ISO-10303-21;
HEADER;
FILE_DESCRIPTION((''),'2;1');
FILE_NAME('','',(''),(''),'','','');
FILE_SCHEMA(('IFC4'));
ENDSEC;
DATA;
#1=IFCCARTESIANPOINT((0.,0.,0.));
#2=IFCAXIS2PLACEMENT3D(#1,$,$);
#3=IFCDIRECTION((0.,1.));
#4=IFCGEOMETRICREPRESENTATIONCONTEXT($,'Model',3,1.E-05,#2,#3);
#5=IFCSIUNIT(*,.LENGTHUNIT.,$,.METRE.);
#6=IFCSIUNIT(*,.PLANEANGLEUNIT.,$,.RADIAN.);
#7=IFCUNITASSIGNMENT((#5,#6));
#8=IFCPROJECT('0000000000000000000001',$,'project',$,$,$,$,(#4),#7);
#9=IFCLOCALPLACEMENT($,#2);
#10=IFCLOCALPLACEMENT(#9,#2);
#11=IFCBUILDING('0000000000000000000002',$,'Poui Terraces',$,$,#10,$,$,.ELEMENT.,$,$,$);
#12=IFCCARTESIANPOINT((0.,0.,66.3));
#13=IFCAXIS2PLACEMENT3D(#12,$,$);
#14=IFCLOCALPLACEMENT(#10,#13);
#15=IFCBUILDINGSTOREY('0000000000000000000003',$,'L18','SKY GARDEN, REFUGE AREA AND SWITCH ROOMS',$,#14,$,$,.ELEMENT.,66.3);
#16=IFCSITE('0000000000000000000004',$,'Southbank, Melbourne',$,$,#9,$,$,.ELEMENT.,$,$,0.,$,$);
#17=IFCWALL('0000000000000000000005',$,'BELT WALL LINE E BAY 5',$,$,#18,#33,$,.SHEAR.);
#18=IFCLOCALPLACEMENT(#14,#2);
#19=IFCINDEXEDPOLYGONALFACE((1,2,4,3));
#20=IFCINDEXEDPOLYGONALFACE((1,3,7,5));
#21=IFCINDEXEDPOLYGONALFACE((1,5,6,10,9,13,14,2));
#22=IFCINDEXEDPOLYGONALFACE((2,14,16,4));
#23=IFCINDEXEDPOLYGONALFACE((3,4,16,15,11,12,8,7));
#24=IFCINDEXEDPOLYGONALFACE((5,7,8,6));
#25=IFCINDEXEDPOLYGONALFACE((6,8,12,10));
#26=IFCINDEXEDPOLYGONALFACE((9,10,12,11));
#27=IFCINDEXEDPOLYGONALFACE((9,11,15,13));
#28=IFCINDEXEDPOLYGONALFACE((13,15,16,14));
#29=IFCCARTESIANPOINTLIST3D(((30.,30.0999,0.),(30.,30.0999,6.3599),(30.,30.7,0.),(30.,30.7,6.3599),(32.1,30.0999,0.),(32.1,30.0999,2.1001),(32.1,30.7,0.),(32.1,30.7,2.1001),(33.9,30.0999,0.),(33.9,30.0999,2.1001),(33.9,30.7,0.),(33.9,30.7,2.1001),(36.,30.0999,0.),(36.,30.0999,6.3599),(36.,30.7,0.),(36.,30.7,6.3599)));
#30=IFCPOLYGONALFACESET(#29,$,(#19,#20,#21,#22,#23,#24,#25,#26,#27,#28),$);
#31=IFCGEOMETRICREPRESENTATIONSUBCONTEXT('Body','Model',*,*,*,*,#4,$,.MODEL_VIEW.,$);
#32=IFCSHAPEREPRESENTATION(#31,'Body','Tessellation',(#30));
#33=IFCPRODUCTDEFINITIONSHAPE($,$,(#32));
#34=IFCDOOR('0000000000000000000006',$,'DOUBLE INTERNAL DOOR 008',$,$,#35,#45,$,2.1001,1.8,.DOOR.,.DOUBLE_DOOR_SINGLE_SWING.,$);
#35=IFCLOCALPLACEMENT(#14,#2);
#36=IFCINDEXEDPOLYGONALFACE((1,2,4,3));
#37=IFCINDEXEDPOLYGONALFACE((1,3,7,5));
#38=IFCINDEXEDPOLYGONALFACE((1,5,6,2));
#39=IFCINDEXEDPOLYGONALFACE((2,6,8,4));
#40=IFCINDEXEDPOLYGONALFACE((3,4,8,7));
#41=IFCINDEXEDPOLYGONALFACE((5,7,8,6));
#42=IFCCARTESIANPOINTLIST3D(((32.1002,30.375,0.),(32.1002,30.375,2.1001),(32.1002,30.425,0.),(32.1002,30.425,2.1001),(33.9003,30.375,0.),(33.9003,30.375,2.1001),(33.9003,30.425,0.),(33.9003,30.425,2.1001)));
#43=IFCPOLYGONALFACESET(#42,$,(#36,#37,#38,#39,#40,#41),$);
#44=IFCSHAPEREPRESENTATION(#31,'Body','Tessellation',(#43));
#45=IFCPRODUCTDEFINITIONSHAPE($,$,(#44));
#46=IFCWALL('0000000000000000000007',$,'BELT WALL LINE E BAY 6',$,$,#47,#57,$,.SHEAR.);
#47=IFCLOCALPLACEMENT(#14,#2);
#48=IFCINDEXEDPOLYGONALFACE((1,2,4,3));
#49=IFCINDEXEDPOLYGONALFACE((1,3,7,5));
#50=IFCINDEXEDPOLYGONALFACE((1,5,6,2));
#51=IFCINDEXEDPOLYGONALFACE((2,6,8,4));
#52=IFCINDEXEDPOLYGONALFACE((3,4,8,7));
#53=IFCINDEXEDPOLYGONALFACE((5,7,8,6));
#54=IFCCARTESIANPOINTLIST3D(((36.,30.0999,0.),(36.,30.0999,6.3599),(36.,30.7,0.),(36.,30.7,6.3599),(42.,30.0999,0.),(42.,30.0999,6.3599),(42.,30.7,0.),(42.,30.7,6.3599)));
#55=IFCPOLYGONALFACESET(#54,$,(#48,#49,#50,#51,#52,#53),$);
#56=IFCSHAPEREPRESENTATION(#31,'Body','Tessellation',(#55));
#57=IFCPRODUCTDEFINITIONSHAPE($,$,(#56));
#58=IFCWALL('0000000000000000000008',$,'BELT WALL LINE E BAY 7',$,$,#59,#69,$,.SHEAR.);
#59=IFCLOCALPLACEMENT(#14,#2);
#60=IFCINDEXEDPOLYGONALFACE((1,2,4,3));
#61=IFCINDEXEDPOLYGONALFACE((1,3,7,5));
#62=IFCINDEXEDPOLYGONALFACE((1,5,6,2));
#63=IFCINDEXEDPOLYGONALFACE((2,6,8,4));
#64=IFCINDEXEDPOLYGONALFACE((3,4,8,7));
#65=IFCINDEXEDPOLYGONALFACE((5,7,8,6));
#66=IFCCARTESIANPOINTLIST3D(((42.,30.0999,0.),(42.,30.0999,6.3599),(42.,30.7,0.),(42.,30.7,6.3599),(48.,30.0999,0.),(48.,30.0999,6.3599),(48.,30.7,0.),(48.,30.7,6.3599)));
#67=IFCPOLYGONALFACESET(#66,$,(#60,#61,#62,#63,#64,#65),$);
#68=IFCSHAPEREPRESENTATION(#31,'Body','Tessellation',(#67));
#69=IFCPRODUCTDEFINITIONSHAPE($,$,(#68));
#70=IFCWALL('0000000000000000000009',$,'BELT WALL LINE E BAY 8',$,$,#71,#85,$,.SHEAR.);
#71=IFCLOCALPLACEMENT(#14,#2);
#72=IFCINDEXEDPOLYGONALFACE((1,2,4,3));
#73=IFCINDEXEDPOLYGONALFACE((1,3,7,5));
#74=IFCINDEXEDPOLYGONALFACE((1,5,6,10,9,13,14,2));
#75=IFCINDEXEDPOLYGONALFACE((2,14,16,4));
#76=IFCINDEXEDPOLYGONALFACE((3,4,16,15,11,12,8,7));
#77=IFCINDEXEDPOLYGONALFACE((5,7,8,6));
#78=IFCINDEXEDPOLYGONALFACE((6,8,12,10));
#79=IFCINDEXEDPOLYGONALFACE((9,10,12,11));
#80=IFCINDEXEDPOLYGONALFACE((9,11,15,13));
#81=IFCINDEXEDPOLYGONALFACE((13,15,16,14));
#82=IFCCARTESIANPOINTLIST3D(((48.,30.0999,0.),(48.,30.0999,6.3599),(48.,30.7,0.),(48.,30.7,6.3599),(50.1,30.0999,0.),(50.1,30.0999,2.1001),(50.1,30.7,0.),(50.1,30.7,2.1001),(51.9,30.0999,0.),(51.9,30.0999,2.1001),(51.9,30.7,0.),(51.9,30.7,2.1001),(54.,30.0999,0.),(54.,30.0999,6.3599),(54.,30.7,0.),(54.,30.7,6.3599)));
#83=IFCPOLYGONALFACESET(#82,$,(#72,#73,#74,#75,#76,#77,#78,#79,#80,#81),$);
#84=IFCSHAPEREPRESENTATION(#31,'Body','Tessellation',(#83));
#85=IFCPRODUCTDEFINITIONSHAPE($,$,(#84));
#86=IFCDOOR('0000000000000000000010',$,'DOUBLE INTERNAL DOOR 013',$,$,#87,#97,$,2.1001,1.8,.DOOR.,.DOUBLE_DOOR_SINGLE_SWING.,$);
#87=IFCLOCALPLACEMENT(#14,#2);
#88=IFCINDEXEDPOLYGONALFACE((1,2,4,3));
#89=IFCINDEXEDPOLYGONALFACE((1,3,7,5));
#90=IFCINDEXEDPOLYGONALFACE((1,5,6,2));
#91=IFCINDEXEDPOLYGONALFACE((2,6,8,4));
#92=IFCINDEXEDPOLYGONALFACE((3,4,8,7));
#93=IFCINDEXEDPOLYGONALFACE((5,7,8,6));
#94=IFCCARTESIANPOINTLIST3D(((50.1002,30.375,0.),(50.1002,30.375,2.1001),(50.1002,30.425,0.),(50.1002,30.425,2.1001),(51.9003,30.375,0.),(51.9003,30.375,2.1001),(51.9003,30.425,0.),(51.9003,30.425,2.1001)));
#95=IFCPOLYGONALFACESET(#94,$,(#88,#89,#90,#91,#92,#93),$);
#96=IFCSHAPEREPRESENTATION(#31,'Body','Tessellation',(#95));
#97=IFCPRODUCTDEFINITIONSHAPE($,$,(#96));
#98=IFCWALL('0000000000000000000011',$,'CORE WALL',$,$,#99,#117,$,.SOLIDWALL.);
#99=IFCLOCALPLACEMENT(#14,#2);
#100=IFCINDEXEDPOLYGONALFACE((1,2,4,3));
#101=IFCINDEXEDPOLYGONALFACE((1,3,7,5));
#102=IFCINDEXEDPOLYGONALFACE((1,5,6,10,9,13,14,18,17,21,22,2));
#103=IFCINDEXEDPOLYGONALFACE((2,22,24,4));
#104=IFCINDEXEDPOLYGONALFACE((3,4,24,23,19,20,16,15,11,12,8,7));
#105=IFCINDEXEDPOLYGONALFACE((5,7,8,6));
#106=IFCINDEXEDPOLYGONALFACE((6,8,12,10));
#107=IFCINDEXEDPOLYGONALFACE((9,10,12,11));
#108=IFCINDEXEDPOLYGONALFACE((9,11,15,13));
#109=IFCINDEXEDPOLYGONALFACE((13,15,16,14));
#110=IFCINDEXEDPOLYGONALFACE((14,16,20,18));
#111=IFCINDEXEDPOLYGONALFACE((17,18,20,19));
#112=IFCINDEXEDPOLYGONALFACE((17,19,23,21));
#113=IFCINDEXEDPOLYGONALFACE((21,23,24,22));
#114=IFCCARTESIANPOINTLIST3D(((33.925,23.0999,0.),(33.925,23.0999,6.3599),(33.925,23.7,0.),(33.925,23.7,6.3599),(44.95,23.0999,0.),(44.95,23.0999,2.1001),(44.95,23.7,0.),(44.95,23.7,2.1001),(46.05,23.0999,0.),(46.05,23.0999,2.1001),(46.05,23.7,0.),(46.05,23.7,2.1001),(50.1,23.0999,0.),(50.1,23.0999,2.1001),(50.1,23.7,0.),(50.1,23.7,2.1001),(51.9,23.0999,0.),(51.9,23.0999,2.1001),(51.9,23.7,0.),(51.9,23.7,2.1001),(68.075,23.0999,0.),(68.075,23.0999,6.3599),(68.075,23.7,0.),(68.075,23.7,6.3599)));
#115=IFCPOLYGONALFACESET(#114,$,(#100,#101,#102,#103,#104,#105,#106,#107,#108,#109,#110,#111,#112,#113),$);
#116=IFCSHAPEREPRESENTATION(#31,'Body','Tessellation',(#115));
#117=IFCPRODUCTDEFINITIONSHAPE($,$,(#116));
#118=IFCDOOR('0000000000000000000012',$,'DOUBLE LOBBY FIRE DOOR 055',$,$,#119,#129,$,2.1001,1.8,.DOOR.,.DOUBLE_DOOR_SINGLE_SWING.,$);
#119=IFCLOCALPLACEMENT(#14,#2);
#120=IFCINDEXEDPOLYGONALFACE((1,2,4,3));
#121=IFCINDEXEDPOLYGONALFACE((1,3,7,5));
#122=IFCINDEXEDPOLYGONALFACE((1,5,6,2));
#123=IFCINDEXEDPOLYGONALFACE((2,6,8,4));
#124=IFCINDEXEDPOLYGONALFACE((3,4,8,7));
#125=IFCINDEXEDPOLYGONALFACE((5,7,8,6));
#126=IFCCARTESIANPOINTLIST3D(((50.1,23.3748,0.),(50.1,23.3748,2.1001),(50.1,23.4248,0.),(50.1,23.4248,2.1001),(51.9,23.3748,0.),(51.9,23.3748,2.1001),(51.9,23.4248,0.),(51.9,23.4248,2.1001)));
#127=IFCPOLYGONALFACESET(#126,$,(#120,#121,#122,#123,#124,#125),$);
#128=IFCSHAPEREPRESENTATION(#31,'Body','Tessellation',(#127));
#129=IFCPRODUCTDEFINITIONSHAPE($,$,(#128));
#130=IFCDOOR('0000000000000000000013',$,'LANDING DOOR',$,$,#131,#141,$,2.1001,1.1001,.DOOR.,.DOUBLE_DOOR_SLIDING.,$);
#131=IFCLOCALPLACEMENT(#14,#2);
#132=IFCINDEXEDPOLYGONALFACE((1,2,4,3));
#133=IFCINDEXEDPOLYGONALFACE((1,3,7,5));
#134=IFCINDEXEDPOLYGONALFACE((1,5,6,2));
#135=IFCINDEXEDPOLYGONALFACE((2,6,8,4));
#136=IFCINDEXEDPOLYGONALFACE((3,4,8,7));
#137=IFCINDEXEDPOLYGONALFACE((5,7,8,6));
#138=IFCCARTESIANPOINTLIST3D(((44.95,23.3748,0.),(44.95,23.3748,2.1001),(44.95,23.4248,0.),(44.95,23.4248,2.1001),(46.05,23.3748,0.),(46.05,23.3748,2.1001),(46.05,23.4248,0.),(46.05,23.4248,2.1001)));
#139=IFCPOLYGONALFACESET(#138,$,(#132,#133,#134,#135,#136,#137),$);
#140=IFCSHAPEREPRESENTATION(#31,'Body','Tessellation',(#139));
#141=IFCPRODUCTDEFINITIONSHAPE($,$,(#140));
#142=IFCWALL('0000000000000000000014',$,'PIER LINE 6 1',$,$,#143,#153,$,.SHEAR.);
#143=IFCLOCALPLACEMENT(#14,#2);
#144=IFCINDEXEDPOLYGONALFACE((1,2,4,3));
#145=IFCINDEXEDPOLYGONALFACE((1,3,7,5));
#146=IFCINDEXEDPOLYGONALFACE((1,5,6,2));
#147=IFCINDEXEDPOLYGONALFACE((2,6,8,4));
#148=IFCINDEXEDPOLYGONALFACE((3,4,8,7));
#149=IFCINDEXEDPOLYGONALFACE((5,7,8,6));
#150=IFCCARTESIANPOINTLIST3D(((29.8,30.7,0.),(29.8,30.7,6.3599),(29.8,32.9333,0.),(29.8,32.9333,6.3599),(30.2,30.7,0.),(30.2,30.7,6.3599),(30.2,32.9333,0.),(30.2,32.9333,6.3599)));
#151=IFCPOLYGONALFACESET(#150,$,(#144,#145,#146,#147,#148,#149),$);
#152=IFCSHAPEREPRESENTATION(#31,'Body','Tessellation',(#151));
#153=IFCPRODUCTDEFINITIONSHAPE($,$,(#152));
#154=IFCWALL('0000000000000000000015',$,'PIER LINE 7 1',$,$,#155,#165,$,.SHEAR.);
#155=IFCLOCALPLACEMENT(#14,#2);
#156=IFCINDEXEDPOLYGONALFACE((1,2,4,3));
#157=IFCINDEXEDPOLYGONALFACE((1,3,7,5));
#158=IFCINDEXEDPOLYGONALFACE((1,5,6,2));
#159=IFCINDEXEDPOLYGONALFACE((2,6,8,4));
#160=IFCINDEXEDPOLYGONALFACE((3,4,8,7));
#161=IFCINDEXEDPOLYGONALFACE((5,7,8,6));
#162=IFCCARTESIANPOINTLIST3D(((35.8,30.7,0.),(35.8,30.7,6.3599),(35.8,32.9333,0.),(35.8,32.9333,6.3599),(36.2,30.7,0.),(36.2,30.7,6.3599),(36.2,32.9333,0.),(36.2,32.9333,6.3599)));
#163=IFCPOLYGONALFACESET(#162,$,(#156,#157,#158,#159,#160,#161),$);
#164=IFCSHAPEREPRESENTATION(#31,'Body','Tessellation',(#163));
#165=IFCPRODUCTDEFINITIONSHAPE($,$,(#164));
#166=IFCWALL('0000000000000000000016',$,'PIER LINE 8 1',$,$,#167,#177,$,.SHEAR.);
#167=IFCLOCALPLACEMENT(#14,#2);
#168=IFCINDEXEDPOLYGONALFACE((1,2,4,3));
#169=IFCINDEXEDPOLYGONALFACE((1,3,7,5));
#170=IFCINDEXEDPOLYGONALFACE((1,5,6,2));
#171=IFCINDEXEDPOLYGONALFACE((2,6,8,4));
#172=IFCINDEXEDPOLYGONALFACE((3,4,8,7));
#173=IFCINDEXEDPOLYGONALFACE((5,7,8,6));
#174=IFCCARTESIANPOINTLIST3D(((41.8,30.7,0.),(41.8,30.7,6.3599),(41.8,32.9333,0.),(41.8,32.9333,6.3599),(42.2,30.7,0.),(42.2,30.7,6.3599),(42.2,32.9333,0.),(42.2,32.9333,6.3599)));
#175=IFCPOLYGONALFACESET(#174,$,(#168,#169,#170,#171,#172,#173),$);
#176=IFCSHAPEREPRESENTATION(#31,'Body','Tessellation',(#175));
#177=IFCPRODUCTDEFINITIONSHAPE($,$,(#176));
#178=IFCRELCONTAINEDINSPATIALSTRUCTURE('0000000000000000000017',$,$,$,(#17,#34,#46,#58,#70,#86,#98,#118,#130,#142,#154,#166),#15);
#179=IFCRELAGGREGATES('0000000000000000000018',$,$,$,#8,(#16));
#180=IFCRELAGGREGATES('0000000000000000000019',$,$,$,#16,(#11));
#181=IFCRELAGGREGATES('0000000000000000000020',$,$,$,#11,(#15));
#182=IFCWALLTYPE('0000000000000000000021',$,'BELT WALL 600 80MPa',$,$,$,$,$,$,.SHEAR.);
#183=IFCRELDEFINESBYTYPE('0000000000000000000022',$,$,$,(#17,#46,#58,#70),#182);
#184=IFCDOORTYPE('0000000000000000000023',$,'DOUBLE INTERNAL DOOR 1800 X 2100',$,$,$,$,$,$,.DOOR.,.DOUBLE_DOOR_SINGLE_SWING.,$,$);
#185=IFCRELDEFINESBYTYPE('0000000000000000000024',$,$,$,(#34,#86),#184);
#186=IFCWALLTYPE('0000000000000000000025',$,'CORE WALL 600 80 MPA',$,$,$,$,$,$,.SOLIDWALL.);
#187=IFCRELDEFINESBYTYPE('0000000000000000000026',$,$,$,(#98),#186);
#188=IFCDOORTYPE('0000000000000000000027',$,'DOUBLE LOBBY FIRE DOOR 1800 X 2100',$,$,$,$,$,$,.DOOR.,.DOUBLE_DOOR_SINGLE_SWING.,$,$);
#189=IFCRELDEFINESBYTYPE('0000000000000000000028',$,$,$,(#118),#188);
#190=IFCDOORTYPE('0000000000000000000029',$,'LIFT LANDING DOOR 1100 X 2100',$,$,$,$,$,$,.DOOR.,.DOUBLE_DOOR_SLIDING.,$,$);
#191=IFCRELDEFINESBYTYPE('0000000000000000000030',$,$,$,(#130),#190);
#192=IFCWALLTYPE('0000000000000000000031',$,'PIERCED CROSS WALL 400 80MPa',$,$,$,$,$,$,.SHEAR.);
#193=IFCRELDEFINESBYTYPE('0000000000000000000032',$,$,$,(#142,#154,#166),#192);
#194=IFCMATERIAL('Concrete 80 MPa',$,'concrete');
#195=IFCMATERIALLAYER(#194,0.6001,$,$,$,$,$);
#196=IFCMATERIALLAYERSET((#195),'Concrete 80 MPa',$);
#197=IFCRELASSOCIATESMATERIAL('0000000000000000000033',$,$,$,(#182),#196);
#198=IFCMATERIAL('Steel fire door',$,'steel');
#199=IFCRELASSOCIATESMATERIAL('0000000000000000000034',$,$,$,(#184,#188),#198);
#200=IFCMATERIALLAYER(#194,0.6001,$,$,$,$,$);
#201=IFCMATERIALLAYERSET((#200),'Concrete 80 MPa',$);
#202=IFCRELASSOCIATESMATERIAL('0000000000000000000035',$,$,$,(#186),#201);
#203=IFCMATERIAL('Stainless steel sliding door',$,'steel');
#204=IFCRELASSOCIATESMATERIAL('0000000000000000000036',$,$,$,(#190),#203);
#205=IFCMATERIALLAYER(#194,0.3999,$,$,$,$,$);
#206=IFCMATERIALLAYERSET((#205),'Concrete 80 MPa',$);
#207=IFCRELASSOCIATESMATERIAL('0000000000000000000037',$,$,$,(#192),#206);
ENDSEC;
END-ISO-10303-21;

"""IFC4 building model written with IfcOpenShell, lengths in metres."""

from ifc_helpers import new_model, si_unit, direction, frame, frame_2d, origin, place, context, subcontext, project, spatial, rectangle, extrude, material, layer, layer_set, type_object, element, fill, save


model = new_model("IFC4")

# Units and contexts
model_context = context("Model", 3, precision=1e-05, world=origin(), true_north=direction((0.0, 1.0)))
body_context = subcontext(model_context, "Body", "Model", "MODEL_VIEW")
ifc_project = project(units=[si_unit("LENGTHUNIT", "METRE"), si_unit("PLANEANGLEUNIT", "RADIAN")], contexts=[model_context])

# Site, building, storey
site_placement = place(None, origin())
site = spatial("IfcSite", under=ifc_project, at=site_placement, Name="Southbank, Melbourne", CompositionType="ELEMENT", RefElevation=0.0)
building_placement = place(site_placement, origin())
building = spatial("IfcBuilding", under=site, at=building_placement, Name="Poui Terraces", CompositionType="ELEMENT")
storey_placement = place(building_placement, frame((0.0, 0.0, 66.3)))
storey = spatial("IfcBuildingStorey", under=building, at=storey_placement, Name="L18", Description="SKY GARDEN, REFUGE AREA AND SWITCH ROOMS", CompositionType="ELEMENT", Elevation=66.3)

# Wall, opening, door
ifc_material_1 = material(Name="Concrete 80 MPa", Category="concrete")
ifc_layer_1 = layer(ifc_material_1, 0.6001)
ifc_layer_set_1 = layer_set([ifc_layer_1], Name="Concrete 80 MPa")
wall_type_1 = type_object("IfcWallType", Name="BELT WALL 600 80MPa", PredefinedType="SHEAR", material=ifc_layer_set_1)
wall_1_placement = place(storey_placement, frame((30.0, 30.3999, 0.0), z_axis=(0.0, 0.0, 1.0), x_axis=(1.0, 0.0, 0.0)))
wall_1 = element("IfcWall", 1, at=wall_1_placement, inside=storey, type_object=wall_type_1, Name="BELT WALL LINE E BAY 5", PredefinedType="SHEAR", context=body_context, shape_type="SweptSolid", body=[
    extrude(rectangle(XDim=6.0, YDim=0.6001, at=frame_2d((3.0, 0.0))), origin(), (0.0, 0.0, 1.0), 6.3599),
])
opening_1_placement = place(wall_1_placement, frame((2.1001, 0.0, 0.0)))
opening_1 = element("IfcOpeningElement", 2, at=opening_1_placement, cuts=wall_1, PredefinedType="OPENING", context=body_context, shape_type="SweptSolid", body=[
    extrude(rectangle(XDim=1.8, YDim=2.1001, at=frame_2d((0.8999, 1.05))), frame((0.0, 0.3101, 0.0), z_axis=(0.0, -1.0, 0.0), x_axis=(1.0, 0.0, 0.0)), (0.0, 0.0, 1.0), 0.6201),
])
ifc_material_2 = material(Name="Steel fire door", Category="steel")
door_type_1 = type_object("IfcDoorType", Name="DOUBLE INTERNAL DOOR 1800 X 2100", OperationType="DOUBLE_DOOR_SINGLE_SWING", PredefinedType="DOOR", material=ifc_material_2)
door_1_placement = place(opening_1_placement, frame((1.8, 0.0, 0.0), z_axis=(0.0, 0.0, 1.0), x_axis=(-1.0, 0.0, 0.0)))
door_1 = element("IfcDoor", 3, at=door_1_placement, inside=storey, type_object=door_type_1, Name="DOUBLE INTERNAL DOOR 008", OperationType="DOUBLE_DOOR_SINGLE_SWING", OverallHeight=2.1001, OverallWidth=1.8, PredefinedType="DOOR", context=body_context, shape_type="SweptSolid", body=[
    extrude(rectangle(XDim=1.8, YDim=2.1001, at=frame_2d((0.8999, 1.05))), frame((0.0, 0.0249, 0.0), z_axis=(0.0, -1.0, 0.0), x_axis=(1.0, 0.0, 0.0)), (0.0, 0.0, 1.0), 0.05),
])
fill(opening_1, door_1)

# Walls
for number, where, z_axis, x_axis, name in (
    (4, (36.0, 30.3999, 0.0), (0.0, 0.0, 1.0), (1.0, 0.0, 0.0), "BELT WALL LINE E BAY 6"),
    (5, (42.0, 30.3999, 0.0), (0.0, 0.0, 1.0), (1.0, 0.0, 0.0), "BELT WALL LINE E BAY 7"),
):
    element("IfcWall", number, at=place(storey_placement, frame(where, z_axis=z_axis, x_axis=x_axis)), inside=storey, type_object=wall_type_1, Name=name, PredefinedType="SHEAR", context=body_context, shape_type="SweptSolid", body=[
        extrude(rectangle(XDim=6.0, YDim=0.6001, at=frame_2d((3.0, 0.0))), origin(), (0.0, 0.0, 1.0), 6.3599),
    ])

# Wall, opening, door
wall_2_placement = place(storey_placement, frame((48.0, 30.3999, 0.0), z_axis=(0.0, 0.0, 1.0), x_axis=(1.0, 0.0, 0.0)))
wall_2 = element("IfcWall", 6, at=wall_2_placement, inside=storey, type_object=wall_type_1, Name="BELT WALL LINE E BAY 8", PredefinedType="SHEAR", context=body_context, shape_type="SweptSolid", body=[
    extrude(rectangle(XDim=6.0, YDim=0.6001, at=frame_2d((3.0, 0.0))), origin(), (0.0, 0.0, 1.0), 6.3599),
])
opening_2_placement = place(wall_2_placement, frame((2.1001, 0.0, 0.0)))
opening_2 = element("IfcOpeningElement", 7, at=opening_2_placement, cuts=wall_2, PredefinedType="OPENING", context=body_context, shape_type="SweptSolid", body=[
    extrude(rectangle(XDim=1.8, YDim=2.1001, at=frame_2d((0.8999, 1.05))), frame((0.0, 0.3101, 0.0), z_axis=(0.0, -1.0, 0.0), x_axis=(1.0, 0.0, 0.0)), (0.0, 0.0, 1.0), 0.6201),
])
door_2_placement = place(opening_2_placement, frame((1.8, 0.0, 0.0), z_axis=(0.0, 0.0, 1.0), x_axis=(-1.0, 0.0, 0.0)))
door_2 = element("IfcDoor", 8, at=door_2_placement, inside=storey, type_object=door_type_1, Name="DOUBLE INTERNAL DOOR 013", OperationType="DOUBLE_DOOR_SINGLE_SWING", OverallHeight=2.1001, OverallWidth=1.8, PredefinedType="DOOR", context=body_context, shape_type="SweptSolid", body=[
    extrude(rectangle(XDim=1.8, YDim=2.1001, at=frame_2d((0.8999, 1.05))), frame((0.0, 0.0249, 0.0), z_axis=(0.0, -1.0, 0.0), x_axis=(1.0, 0.0, 0.0)), (0.0, 0.0, 1.0), 0.05),
])
fill(opening_2, door_2)

# Wall, openings, doors
ifc_layer_2 = layer(ifc_material_1, 0.6001)
ifc_layer_set_2 = layer_set([ifc_layer_2], Name="Concrete 80 MPa")
wall_type_2 = type_object("IfcWallType", Name="CORE WALL 600 80 MPA", PredefinedType="SOLIDWALL", material=ifc_layer_set_2)
wall_3_placement = place(storey_placement, frame((33.925, 23.3999, 0.0), z_axis=(0.0, 0.0, 1.0), x_axis=(1.0, 0.0, 0.0)))
wall_3 = element("IfcWall", 9, at=wall_3_placement, inside=storey, type_object=wall_type_2, Name="CORE WALL", PredefinedType="SOLIDWALL", context=body_context, shape_type="SweptSolid", body=[
    extrude(rectangle(XDim=34.1499, YDim=0.6001, at=frame_2d((17.075, 0.0))), origin(), (0.0, 0.0, 1.0), 6.3599),
])
opening_3_placement = place(wall_3_placement, frame((16.175, 0.0, 0.0)))
opening_3 = element("IfcOpeningElement", 10, at=opening_3_placement, cuts=wall_3, PredefinedType="OPENING", context=body_context, shape_type="SweptSolid", body=[
    extrude(rectangle(XDim=1.8, YDim=2.1001, at=frame_2d((0.8999, 1.05))), frame((0.0, 0.3101, 0.0), z_axis=(0.0, -1.0, 0.0), x_axis=(1.0, 0.0, 0.0)), (0.0, 0.0, 1.0), 0.6201),
])
opening_4_placement = place(wall_3_placement, frame((11.0249, 0.0, 0.0)))
opening_4 = element("IfcOpeningElement", 11, at=opening_4_placement, cuts=wall_3, PredefinedType="OPENING", context=body_context, shape_type="SweptSolid", body=[
    extrude(rectangle(XDim=1.1001, YDim=2.1001, at=frame_2d((0.55, 1.05))), frame((0.0, 0.3101, 0.0), z_axis=(0.0, -1.0, 0.0), x_axis=(1.0, 0.0, 0.0)), (0.0, 0.0, 1.0), 0.6201),
])
door_type_2 = type_object("IfcDoorType", Name="DOUBLE LOBBY FIRE DOOR 1800 X 2100", OperationType="DOUBLE_DOOR_SINGLE_SWING", PredefinedType="DOOR", material=ifc_material_2)
door_3_placement = place(opening_3_placement, origin())
door_3 = element("IfcDoor", 12, at=door_3_placement, inside=storey, type_object=door_type_2, Name="DOUBLE LOBBY FIRE DOOR 055", OperationType="DOUBLE_DOOR_SINGLE_SWING", OverallHeight=2.1001, OverallWidth=1.8, PredefinedType="DOOR", context=body_context, shape_type="SweptSolid", body=[
    extrude(rectangle(XDim=1.8, YDim=2.1001, at=frame_2d((0.8999, 1.05))), frame((0.0, 0.0249, 0.0), z_axis=(0.0, -1.0, 0.0), x_axis=(1.0, 0.0, 0.0)), (0.0, 0.0, 1.0), 0.05),
])
fill(opening_3, door_3)
ifc_material_3 = material(Name="Stainless steel sliding door", Category="steel")
door_type_3 = type_object("IfcDoorType", Name="LIFT LANDING DOOR 1100 X 2100", OperationType="DOUBLE_DOOR_SLIDING", PredefinedType="DOOR", material=ifc_material_3)
door_4_placement = place(opening_4_placement, origin())
door_4 = element("IfcDoor", 13, at=door_4_placement, inside=storey, type_object=door_type_3, Name="LANDING DOOR", OperationType="DOUBLE_DOOR_SLIDING", OverallHeight=2.1001, OverallWidth=1.1001, PredefinedType="DOOR", context=body_context, shape_type="SweptSolid", body=[
    extrude(rectangle(XDim=1.1001, YDim=2.1001, at=frame_2d((0.55, 1.05))), frame((0.0, 0.0249, 0.0), z_axis=(0.0, -1.0, 0.0), x_axis=(1.0, 0.0, 0.0)), (0.0, 0.0, 1.0), 0.05),
])
fill(opening_4, door_4)

# Walls
ifc_layer_3 = layer(ifc_material_1, 0.3999)
ifc_layer_set_3 = layer_set([ifc_layer_3], Name="Concrete 80 MPa")
wall_type_3 = type_object("IfcWallType", Name="PIERCED CROSS WALL 400 80MPa", PredefinedType="SHEAR", material=ifc_layer_set_3)
for number, where, z_axis, x_axis, name in (
    (14, (30.0, 30.7, 0.0), (0.0, 0.0, 1.0), (0.0, 1.0, 0.0), "PIER LINE 6 1"),
    (15, (36.0, 30.7, 0.0), (0.0, 0.0, 1.0), (0.0, 1.0, 0.0), "PIER LINE 7 1"),
    (16, (42.0, 30.7, 0.0), (0.0, 0.0, 1.0), (0.0, 1.0, 0.0), "PIER LINE 8 1"),
):
    element("IfcWall", number, at=place(storey_placement, frame(where, z_axis=z_axis, x_axis=x_axis)), inside=storey, type_object=wall_type_3, Name=name, PredefinedType="SHEAR", context=body_context, shape_type="SweptSolid", body=[
        extrude(rectangle(XDim=2.2334, YDim=0.3999, at=frame_2d((1.1167, 0.0))), origin(), (0.0, 0.0, 1.0), 6.3599),
    ])

save(model, "model.ifc")
